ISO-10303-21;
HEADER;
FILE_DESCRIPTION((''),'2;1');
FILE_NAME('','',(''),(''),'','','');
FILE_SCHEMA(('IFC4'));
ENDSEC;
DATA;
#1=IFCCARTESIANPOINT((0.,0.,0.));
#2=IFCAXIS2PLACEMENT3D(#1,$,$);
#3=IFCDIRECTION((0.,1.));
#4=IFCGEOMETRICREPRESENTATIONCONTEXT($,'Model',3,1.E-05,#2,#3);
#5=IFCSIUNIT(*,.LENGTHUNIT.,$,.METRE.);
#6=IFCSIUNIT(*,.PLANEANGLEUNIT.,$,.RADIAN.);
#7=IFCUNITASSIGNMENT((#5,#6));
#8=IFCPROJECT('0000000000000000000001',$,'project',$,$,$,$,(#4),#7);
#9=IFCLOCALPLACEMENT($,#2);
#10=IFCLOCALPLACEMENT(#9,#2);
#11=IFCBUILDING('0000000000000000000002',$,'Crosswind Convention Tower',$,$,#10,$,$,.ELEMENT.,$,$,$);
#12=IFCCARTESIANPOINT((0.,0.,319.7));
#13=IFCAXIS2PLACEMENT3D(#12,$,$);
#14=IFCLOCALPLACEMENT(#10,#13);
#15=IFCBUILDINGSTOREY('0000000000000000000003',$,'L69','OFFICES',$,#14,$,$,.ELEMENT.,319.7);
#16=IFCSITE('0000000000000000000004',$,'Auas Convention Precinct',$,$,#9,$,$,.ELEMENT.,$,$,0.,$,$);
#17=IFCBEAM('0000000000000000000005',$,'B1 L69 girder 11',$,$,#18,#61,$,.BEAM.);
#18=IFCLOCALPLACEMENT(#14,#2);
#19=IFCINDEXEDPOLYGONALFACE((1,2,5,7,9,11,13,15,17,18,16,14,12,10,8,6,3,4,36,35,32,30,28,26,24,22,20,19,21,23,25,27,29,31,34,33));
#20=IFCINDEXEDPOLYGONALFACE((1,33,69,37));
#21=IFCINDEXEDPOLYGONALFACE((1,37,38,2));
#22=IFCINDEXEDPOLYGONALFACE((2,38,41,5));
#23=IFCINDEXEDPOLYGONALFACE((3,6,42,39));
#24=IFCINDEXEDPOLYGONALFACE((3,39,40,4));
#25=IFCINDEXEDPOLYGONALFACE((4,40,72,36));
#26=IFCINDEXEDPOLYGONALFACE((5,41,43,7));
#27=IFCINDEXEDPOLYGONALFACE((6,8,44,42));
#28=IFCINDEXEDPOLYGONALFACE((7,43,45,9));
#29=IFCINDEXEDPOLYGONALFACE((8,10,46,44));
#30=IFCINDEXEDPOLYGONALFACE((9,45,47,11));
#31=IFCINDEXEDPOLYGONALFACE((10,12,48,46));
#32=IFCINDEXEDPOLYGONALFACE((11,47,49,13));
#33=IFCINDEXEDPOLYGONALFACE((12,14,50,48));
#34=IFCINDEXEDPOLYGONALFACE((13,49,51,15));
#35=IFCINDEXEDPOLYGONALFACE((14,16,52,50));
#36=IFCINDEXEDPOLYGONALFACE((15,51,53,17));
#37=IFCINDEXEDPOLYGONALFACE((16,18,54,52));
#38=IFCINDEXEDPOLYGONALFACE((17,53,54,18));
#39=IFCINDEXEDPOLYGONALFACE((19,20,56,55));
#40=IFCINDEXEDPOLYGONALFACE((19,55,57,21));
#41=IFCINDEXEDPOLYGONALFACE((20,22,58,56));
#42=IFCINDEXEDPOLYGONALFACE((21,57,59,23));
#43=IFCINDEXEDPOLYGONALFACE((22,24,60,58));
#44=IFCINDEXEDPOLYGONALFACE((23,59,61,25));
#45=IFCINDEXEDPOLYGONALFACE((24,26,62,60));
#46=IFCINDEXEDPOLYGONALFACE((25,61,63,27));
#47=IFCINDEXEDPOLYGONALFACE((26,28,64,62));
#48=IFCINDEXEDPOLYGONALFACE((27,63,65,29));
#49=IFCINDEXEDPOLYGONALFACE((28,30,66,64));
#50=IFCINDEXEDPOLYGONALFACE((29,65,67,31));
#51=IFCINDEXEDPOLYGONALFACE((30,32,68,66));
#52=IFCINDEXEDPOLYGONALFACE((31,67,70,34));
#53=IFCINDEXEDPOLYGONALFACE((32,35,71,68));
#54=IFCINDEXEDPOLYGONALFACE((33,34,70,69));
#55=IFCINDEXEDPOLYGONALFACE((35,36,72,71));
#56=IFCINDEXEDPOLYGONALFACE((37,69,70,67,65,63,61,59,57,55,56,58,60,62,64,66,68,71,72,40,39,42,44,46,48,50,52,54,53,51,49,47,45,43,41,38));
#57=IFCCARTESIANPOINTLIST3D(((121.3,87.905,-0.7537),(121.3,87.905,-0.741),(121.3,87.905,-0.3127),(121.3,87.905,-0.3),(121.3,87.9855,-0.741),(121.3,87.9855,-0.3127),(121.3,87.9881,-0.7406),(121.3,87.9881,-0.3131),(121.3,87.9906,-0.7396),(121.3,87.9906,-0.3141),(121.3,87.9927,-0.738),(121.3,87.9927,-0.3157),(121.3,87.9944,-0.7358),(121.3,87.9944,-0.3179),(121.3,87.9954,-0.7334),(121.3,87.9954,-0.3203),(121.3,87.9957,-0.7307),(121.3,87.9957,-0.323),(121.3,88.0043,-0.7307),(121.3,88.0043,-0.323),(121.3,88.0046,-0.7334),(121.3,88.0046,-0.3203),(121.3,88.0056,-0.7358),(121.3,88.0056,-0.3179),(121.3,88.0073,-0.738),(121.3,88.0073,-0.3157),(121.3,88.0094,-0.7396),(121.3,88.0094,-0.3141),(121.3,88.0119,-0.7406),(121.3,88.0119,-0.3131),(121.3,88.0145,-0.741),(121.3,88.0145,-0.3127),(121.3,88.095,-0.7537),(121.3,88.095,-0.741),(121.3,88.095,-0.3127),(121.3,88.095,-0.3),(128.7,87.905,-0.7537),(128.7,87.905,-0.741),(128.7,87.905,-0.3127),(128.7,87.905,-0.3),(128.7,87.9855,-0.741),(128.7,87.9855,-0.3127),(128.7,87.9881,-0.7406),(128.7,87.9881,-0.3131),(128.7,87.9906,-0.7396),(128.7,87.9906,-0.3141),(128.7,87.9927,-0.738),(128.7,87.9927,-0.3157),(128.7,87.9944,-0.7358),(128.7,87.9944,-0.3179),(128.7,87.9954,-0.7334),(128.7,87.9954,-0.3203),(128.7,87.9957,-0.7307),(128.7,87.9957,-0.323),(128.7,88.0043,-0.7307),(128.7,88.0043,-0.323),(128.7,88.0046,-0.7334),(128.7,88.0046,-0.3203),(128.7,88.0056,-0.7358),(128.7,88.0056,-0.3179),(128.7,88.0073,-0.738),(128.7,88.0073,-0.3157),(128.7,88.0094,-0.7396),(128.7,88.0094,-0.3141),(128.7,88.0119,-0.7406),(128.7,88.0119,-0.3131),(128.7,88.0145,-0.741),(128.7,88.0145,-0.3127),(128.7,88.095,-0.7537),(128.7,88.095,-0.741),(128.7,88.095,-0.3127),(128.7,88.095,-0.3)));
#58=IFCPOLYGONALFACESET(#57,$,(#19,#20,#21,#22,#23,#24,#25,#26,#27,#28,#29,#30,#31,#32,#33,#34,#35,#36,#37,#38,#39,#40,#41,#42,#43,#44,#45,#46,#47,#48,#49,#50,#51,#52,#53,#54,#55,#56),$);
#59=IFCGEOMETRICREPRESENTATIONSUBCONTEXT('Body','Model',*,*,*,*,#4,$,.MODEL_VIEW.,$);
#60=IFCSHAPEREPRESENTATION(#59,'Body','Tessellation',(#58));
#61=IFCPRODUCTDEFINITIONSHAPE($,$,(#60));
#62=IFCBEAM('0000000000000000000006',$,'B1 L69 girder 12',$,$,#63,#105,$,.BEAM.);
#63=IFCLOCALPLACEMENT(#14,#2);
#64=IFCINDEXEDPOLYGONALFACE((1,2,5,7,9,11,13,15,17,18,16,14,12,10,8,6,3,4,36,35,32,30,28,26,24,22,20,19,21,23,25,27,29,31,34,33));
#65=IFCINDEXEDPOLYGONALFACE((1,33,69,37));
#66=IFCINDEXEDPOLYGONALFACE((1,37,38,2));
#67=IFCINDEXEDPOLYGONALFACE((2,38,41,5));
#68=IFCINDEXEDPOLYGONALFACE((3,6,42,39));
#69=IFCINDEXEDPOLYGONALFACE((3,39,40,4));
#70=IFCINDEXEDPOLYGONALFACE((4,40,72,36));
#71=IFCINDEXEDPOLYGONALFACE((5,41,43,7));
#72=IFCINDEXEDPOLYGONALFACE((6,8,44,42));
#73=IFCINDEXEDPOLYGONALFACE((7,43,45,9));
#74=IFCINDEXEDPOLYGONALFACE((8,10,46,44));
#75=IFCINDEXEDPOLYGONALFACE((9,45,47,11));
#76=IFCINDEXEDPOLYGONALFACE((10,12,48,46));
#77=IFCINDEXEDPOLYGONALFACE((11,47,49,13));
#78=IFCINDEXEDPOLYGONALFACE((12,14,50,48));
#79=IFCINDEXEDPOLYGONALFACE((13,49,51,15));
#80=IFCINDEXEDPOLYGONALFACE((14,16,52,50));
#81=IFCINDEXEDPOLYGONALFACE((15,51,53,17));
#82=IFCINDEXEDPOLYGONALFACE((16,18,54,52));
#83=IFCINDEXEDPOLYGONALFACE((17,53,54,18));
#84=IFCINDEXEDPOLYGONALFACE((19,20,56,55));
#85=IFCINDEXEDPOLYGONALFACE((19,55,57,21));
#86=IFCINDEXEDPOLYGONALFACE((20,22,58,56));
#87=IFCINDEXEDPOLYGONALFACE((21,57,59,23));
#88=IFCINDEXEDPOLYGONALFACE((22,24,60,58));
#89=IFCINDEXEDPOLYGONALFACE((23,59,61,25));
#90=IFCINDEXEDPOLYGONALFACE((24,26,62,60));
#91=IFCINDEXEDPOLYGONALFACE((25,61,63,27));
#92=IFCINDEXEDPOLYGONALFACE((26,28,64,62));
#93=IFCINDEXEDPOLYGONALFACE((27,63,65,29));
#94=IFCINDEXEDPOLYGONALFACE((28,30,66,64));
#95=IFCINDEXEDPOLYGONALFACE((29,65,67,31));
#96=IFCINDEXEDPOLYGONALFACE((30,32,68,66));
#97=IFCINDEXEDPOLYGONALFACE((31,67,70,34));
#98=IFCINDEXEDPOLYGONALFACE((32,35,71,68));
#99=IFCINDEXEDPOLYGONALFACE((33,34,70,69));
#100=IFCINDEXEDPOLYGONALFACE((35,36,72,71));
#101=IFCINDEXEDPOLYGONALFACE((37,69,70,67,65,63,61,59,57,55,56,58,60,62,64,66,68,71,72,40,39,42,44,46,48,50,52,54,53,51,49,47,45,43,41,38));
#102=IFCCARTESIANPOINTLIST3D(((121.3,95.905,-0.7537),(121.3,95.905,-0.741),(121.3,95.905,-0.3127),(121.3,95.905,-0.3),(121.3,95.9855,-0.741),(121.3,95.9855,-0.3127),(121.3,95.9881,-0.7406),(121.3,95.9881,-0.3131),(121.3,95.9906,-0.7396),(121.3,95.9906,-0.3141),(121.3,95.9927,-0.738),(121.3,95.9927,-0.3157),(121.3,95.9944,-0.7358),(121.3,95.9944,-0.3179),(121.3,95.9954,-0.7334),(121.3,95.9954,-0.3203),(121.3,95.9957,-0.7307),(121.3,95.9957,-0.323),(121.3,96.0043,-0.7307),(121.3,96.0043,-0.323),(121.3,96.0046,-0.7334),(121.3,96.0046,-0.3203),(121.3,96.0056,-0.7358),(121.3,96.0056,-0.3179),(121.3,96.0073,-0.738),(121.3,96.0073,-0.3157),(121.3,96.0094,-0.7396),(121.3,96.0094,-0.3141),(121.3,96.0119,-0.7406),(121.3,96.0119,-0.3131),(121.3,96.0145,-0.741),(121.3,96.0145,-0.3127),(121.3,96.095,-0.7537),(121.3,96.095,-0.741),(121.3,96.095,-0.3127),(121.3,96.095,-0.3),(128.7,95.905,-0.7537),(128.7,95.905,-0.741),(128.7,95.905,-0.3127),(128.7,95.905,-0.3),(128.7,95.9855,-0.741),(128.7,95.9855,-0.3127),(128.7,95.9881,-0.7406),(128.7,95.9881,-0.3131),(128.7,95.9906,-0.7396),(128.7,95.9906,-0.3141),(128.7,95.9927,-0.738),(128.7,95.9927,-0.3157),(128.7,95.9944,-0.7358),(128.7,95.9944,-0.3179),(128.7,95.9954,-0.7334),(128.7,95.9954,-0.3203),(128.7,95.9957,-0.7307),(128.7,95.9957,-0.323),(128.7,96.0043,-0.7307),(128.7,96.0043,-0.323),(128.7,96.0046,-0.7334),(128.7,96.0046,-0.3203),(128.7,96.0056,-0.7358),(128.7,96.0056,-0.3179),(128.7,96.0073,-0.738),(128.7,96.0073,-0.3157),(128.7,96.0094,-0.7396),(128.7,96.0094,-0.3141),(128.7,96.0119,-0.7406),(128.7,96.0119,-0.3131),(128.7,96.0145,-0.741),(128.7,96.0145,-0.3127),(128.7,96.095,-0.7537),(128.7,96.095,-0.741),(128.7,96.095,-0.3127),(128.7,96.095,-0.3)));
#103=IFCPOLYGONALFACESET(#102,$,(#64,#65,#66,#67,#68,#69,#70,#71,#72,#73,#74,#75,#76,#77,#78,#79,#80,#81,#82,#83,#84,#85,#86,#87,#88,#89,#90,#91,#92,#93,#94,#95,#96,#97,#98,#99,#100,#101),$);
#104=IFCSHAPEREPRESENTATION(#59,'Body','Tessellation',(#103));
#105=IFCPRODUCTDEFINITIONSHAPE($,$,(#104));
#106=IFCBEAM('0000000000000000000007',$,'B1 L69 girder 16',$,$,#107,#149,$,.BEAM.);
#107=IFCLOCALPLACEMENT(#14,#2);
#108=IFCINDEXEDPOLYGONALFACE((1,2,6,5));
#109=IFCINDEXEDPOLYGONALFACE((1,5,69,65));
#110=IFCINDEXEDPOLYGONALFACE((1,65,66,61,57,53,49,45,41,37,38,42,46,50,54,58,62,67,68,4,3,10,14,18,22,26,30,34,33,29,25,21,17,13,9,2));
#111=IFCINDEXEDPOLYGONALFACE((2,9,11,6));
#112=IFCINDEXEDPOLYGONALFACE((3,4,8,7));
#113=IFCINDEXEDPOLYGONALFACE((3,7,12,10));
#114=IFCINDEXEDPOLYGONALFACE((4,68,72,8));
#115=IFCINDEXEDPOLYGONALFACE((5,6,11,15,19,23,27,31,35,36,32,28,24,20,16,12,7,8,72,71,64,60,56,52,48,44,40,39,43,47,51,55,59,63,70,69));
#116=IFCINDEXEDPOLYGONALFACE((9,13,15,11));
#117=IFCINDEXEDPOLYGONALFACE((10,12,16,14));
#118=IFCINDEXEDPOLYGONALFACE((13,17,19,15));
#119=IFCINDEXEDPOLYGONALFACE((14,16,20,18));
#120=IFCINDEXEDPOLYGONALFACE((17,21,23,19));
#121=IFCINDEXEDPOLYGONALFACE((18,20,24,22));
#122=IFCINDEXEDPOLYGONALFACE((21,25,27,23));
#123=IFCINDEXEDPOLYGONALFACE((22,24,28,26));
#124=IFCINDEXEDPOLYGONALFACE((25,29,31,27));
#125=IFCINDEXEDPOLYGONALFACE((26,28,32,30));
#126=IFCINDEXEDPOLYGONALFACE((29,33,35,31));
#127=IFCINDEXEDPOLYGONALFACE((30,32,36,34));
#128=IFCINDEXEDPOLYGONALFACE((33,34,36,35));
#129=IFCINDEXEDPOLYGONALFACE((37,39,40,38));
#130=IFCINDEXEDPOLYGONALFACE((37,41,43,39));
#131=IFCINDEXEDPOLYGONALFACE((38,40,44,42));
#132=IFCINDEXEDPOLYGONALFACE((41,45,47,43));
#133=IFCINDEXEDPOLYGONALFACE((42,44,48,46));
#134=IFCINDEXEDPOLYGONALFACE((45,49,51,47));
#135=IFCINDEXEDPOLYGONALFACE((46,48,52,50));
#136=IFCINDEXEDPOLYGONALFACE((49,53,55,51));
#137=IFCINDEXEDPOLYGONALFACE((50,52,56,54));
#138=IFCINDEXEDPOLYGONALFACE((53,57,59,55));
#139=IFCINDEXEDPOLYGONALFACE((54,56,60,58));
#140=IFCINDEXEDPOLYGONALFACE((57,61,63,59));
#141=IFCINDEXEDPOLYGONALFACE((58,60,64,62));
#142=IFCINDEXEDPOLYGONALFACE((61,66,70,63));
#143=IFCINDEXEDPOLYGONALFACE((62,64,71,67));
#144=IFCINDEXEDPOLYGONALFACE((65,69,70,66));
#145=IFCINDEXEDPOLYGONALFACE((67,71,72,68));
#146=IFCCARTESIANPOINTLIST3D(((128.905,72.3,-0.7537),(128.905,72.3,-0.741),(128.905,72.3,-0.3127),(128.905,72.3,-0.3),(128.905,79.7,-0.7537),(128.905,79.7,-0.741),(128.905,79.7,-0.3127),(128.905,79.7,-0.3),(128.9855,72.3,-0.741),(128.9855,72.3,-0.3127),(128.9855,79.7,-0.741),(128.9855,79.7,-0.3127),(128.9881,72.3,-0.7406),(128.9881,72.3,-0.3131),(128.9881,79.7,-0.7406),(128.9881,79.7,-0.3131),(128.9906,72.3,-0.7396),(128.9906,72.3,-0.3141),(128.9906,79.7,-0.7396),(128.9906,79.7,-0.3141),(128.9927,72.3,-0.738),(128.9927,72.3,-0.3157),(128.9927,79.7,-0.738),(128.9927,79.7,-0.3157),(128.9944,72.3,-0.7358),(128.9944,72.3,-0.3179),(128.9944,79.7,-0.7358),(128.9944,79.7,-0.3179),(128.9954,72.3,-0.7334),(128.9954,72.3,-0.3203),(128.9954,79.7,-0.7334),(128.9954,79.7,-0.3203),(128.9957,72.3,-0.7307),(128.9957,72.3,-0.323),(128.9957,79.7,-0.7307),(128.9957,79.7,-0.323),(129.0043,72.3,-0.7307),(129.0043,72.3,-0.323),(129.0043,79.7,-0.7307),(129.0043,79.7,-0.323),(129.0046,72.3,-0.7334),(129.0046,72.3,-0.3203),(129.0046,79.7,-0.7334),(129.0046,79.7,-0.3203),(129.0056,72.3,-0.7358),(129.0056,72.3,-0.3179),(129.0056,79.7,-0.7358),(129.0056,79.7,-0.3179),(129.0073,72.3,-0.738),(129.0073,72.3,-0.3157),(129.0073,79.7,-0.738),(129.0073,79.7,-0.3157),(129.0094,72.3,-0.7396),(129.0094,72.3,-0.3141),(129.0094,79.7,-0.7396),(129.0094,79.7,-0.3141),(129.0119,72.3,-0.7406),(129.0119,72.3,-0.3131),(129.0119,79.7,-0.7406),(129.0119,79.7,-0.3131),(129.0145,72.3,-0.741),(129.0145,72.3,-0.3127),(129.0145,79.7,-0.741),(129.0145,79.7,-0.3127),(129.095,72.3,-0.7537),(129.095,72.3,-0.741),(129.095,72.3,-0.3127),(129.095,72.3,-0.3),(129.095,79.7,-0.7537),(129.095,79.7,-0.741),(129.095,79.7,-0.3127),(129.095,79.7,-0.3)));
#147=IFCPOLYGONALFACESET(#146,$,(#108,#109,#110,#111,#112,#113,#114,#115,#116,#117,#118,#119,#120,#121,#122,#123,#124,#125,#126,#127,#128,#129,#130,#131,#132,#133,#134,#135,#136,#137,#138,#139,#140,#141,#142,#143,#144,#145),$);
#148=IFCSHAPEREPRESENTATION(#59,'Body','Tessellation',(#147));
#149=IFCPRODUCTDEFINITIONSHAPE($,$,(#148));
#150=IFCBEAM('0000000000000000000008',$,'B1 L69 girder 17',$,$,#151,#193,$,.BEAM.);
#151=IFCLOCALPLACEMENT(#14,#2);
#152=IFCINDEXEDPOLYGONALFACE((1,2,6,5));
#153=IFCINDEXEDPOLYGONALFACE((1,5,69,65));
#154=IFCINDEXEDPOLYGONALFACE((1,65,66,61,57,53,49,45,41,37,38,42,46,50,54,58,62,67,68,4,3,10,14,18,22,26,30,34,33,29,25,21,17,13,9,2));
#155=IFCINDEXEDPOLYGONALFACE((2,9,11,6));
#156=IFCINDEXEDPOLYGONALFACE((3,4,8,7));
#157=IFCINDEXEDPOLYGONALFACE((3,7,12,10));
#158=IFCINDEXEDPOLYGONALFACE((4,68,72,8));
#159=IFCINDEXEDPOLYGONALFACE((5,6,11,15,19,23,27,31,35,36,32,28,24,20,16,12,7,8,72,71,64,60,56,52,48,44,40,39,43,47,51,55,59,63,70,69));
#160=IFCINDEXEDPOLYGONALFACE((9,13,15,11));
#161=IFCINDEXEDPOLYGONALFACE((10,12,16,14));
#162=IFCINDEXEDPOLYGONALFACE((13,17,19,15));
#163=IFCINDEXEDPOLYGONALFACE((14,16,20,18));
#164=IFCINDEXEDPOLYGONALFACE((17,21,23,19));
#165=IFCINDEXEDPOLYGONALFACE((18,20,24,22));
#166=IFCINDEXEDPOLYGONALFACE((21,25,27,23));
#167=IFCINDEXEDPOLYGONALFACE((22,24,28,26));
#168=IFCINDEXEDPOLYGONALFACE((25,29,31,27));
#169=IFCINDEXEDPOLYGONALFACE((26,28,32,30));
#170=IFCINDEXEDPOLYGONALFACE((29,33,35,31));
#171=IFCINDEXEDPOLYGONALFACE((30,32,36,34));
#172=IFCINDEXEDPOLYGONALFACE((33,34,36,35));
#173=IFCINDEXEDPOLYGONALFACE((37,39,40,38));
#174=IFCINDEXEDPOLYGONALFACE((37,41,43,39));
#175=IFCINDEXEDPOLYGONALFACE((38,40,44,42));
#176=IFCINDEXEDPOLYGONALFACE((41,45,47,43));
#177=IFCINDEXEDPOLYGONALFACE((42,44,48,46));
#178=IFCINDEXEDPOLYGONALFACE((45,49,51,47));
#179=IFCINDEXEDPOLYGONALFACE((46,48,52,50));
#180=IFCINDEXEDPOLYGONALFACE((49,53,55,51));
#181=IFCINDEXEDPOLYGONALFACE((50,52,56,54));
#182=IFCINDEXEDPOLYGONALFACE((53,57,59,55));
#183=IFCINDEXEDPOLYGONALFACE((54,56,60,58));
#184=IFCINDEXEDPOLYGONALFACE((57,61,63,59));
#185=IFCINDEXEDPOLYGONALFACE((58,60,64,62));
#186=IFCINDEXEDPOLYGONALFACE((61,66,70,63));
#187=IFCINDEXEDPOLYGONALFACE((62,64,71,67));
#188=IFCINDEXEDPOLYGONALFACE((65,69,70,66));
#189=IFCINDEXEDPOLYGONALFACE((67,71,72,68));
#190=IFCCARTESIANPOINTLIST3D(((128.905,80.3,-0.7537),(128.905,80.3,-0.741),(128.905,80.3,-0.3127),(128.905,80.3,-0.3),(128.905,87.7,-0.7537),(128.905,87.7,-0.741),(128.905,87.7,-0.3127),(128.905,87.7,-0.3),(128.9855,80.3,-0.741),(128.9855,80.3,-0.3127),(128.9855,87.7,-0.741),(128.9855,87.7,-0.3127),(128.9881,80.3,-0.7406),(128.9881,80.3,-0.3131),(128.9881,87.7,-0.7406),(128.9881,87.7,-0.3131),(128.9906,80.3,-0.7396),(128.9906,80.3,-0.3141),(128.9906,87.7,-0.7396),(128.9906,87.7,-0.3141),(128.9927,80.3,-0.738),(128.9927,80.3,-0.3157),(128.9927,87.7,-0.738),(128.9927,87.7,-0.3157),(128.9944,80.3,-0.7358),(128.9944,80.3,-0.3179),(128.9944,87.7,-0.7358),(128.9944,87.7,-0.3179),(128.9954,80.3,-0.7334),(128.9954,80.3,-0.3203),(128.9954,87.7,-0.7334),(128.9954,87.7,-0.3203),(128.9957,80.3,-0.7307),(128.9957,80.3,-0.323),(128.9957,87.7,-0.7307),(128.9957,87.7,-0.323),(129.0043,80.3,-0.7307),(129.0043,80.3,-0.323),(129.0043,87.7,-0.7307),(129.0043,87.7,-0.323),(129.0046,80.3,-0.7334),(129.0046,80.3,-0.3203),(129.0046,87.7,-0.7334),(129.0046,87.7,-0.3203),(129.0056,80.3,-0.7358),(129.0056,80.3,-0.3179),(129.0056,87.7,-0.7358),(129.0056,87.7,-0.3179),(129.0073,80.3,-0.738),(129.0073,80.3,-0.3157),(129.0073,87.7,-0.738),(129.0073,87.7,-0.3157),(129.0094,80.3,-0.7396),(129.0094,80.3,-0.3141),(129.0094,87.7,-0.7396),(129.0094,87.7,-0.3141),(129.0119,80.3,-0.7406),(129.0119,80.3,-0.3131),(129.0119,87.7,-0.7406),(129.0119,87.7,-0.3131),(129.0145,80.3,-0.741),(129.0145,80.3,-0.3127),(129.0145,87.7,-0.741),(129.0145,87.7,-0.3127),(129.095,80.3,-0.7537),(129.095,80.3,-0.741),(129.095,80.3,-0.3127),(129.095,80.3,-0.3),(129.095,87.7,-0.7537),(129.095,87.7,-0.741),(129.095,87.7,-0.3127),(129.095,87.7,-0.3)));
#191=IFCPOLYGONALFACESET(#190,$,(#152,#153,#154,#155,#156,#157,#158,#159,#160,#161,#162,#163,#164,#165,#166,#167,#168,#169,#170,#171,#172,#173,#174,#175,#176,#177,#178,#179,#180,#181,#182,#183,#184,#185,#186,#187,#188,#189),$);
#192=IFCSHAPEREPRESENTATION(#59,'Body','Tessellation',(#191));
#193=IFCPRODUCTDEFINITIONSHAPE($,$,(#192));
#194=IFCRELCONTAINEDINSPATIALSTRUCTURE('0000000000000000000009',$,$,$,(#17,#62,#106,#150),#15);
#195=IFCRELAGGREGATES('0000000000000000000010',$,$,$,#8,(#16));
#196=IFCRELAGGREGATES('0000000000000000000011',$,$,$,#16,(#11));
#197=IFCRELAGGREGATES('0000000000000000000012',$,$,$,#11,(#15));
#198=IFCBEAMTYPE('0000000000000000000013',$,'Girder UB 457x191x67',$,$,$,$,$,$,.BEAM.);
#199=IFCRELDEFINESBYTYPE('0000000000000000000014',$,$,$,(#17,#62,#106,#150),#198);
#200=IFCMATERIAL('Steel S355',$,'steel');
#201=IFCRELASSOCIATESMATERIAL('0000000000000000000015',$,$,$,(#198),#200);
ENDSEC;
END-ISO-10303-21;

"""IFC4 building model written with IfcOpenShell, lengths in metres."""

from ifc_helpers import new_model, si_unit, direction, frame, origin, origin_2d, place, context, subcontext, project, spatial, i_section, extrude, material, material_profile, profile_set, type_object, element, save


model = new_model("IFC4")

# Units and contexts
model_context = context("Model", 3, precision=1e-05, world=origin(), true_north=direction((0.0, 1.0)))
body_context = subcontext(model_context, "Body", "Model", "MODEL_VIEW")
ifc_project = project(units=[si_unit("LENGTHUNIT", "METRE"), si_unit("PLANEANGLEUNIT", "RADIAN")], contexts=[model_context])

# Site, building, storey
site_placement = place(None, origin())
site = spatial("IfcSite", under=ifc_project, at=site_placement, Name="Auas Convention Precinct", CompositionType="ELEMENT", RefElevation=0.0)
building_placement = place(site_placement, origin())
building = spatial("IfcBuilding", under=site, at=building_placement, Name="Crosswind Convention Tower", CompositionType="ELEMENT")
storey_placement = place(building_placement, frame((0.0, 0.0, 319.7)))
storey = spatial("IfcBuildingStorey", under=building, at=storey_placement, Name="L69", Description="OFFICES", CompositionType="ELEMENT", Elevation=319.7)

# Beams
ifc_material_1 = material(Name="Steel S355", Category="steel")
ifc_material_profile_1 = material_profile(ifc_material_1, i_section(OverallWidth=0.1899, OverallDepth=0.4536, WebThickness=0.0085, FlangeThickness=0.0127, FilletRadius=0.0103, at=origin_2d()), Name="UB 457x191x67")
ifc_profile_set_1 = profile_set([ifc_material_profile_1], Name="Steel S355")
beam_type_1 = type_object("IfcBeamType", Name="Girder UB 457x191x67", PredefinedType="BEAM", material=ifc_profile_set_1)
for number, where, z_axis, x_axis, name in (
    (1, (121.3, 88.0, -0.5269), (1.0, 0.0, 0.0), (0.0, 1.0, 0.0), "B1 L69 girder 11"),
    (2, (121.3, 96.0, -0.5269), (1.0, 0.0, 0.0), (0.0, 1.0, 0.0), "B1 L69 girder 12"),
    (3, (129.0, 72.3, -0.5269), (0.0, 1.0, 0.0), (-1.0, 0.0, 0.0), "B1 L69 girder 16"),
    (4, (129.0, 80.3, -0.5269), (0.0, 1.0, 0.0), (-1.0, 0.0, 0.0), "B1 L69 girder 17"),
):
    element("IfcBeam", number, at=place(storey_placement, frame(where, z_axis=z_axis, x_axis=x_axis)), inside=storey, type_object=beam_type_1, Name=name, PredefinedType="BEAM", context=body_context, shape_type="SweptSolid", body=[
        extrude(i_section(OverallWidth=0.1899, OverallDepth=0.4536, WebThickness=0.0085, FlangeThickness=0.0127, FilletRadius=0.0103, at=origin_2d()), origin(), (0.0, 0.0, 1.0), 7.3999),
    ])

save(model, "model.ifc")
